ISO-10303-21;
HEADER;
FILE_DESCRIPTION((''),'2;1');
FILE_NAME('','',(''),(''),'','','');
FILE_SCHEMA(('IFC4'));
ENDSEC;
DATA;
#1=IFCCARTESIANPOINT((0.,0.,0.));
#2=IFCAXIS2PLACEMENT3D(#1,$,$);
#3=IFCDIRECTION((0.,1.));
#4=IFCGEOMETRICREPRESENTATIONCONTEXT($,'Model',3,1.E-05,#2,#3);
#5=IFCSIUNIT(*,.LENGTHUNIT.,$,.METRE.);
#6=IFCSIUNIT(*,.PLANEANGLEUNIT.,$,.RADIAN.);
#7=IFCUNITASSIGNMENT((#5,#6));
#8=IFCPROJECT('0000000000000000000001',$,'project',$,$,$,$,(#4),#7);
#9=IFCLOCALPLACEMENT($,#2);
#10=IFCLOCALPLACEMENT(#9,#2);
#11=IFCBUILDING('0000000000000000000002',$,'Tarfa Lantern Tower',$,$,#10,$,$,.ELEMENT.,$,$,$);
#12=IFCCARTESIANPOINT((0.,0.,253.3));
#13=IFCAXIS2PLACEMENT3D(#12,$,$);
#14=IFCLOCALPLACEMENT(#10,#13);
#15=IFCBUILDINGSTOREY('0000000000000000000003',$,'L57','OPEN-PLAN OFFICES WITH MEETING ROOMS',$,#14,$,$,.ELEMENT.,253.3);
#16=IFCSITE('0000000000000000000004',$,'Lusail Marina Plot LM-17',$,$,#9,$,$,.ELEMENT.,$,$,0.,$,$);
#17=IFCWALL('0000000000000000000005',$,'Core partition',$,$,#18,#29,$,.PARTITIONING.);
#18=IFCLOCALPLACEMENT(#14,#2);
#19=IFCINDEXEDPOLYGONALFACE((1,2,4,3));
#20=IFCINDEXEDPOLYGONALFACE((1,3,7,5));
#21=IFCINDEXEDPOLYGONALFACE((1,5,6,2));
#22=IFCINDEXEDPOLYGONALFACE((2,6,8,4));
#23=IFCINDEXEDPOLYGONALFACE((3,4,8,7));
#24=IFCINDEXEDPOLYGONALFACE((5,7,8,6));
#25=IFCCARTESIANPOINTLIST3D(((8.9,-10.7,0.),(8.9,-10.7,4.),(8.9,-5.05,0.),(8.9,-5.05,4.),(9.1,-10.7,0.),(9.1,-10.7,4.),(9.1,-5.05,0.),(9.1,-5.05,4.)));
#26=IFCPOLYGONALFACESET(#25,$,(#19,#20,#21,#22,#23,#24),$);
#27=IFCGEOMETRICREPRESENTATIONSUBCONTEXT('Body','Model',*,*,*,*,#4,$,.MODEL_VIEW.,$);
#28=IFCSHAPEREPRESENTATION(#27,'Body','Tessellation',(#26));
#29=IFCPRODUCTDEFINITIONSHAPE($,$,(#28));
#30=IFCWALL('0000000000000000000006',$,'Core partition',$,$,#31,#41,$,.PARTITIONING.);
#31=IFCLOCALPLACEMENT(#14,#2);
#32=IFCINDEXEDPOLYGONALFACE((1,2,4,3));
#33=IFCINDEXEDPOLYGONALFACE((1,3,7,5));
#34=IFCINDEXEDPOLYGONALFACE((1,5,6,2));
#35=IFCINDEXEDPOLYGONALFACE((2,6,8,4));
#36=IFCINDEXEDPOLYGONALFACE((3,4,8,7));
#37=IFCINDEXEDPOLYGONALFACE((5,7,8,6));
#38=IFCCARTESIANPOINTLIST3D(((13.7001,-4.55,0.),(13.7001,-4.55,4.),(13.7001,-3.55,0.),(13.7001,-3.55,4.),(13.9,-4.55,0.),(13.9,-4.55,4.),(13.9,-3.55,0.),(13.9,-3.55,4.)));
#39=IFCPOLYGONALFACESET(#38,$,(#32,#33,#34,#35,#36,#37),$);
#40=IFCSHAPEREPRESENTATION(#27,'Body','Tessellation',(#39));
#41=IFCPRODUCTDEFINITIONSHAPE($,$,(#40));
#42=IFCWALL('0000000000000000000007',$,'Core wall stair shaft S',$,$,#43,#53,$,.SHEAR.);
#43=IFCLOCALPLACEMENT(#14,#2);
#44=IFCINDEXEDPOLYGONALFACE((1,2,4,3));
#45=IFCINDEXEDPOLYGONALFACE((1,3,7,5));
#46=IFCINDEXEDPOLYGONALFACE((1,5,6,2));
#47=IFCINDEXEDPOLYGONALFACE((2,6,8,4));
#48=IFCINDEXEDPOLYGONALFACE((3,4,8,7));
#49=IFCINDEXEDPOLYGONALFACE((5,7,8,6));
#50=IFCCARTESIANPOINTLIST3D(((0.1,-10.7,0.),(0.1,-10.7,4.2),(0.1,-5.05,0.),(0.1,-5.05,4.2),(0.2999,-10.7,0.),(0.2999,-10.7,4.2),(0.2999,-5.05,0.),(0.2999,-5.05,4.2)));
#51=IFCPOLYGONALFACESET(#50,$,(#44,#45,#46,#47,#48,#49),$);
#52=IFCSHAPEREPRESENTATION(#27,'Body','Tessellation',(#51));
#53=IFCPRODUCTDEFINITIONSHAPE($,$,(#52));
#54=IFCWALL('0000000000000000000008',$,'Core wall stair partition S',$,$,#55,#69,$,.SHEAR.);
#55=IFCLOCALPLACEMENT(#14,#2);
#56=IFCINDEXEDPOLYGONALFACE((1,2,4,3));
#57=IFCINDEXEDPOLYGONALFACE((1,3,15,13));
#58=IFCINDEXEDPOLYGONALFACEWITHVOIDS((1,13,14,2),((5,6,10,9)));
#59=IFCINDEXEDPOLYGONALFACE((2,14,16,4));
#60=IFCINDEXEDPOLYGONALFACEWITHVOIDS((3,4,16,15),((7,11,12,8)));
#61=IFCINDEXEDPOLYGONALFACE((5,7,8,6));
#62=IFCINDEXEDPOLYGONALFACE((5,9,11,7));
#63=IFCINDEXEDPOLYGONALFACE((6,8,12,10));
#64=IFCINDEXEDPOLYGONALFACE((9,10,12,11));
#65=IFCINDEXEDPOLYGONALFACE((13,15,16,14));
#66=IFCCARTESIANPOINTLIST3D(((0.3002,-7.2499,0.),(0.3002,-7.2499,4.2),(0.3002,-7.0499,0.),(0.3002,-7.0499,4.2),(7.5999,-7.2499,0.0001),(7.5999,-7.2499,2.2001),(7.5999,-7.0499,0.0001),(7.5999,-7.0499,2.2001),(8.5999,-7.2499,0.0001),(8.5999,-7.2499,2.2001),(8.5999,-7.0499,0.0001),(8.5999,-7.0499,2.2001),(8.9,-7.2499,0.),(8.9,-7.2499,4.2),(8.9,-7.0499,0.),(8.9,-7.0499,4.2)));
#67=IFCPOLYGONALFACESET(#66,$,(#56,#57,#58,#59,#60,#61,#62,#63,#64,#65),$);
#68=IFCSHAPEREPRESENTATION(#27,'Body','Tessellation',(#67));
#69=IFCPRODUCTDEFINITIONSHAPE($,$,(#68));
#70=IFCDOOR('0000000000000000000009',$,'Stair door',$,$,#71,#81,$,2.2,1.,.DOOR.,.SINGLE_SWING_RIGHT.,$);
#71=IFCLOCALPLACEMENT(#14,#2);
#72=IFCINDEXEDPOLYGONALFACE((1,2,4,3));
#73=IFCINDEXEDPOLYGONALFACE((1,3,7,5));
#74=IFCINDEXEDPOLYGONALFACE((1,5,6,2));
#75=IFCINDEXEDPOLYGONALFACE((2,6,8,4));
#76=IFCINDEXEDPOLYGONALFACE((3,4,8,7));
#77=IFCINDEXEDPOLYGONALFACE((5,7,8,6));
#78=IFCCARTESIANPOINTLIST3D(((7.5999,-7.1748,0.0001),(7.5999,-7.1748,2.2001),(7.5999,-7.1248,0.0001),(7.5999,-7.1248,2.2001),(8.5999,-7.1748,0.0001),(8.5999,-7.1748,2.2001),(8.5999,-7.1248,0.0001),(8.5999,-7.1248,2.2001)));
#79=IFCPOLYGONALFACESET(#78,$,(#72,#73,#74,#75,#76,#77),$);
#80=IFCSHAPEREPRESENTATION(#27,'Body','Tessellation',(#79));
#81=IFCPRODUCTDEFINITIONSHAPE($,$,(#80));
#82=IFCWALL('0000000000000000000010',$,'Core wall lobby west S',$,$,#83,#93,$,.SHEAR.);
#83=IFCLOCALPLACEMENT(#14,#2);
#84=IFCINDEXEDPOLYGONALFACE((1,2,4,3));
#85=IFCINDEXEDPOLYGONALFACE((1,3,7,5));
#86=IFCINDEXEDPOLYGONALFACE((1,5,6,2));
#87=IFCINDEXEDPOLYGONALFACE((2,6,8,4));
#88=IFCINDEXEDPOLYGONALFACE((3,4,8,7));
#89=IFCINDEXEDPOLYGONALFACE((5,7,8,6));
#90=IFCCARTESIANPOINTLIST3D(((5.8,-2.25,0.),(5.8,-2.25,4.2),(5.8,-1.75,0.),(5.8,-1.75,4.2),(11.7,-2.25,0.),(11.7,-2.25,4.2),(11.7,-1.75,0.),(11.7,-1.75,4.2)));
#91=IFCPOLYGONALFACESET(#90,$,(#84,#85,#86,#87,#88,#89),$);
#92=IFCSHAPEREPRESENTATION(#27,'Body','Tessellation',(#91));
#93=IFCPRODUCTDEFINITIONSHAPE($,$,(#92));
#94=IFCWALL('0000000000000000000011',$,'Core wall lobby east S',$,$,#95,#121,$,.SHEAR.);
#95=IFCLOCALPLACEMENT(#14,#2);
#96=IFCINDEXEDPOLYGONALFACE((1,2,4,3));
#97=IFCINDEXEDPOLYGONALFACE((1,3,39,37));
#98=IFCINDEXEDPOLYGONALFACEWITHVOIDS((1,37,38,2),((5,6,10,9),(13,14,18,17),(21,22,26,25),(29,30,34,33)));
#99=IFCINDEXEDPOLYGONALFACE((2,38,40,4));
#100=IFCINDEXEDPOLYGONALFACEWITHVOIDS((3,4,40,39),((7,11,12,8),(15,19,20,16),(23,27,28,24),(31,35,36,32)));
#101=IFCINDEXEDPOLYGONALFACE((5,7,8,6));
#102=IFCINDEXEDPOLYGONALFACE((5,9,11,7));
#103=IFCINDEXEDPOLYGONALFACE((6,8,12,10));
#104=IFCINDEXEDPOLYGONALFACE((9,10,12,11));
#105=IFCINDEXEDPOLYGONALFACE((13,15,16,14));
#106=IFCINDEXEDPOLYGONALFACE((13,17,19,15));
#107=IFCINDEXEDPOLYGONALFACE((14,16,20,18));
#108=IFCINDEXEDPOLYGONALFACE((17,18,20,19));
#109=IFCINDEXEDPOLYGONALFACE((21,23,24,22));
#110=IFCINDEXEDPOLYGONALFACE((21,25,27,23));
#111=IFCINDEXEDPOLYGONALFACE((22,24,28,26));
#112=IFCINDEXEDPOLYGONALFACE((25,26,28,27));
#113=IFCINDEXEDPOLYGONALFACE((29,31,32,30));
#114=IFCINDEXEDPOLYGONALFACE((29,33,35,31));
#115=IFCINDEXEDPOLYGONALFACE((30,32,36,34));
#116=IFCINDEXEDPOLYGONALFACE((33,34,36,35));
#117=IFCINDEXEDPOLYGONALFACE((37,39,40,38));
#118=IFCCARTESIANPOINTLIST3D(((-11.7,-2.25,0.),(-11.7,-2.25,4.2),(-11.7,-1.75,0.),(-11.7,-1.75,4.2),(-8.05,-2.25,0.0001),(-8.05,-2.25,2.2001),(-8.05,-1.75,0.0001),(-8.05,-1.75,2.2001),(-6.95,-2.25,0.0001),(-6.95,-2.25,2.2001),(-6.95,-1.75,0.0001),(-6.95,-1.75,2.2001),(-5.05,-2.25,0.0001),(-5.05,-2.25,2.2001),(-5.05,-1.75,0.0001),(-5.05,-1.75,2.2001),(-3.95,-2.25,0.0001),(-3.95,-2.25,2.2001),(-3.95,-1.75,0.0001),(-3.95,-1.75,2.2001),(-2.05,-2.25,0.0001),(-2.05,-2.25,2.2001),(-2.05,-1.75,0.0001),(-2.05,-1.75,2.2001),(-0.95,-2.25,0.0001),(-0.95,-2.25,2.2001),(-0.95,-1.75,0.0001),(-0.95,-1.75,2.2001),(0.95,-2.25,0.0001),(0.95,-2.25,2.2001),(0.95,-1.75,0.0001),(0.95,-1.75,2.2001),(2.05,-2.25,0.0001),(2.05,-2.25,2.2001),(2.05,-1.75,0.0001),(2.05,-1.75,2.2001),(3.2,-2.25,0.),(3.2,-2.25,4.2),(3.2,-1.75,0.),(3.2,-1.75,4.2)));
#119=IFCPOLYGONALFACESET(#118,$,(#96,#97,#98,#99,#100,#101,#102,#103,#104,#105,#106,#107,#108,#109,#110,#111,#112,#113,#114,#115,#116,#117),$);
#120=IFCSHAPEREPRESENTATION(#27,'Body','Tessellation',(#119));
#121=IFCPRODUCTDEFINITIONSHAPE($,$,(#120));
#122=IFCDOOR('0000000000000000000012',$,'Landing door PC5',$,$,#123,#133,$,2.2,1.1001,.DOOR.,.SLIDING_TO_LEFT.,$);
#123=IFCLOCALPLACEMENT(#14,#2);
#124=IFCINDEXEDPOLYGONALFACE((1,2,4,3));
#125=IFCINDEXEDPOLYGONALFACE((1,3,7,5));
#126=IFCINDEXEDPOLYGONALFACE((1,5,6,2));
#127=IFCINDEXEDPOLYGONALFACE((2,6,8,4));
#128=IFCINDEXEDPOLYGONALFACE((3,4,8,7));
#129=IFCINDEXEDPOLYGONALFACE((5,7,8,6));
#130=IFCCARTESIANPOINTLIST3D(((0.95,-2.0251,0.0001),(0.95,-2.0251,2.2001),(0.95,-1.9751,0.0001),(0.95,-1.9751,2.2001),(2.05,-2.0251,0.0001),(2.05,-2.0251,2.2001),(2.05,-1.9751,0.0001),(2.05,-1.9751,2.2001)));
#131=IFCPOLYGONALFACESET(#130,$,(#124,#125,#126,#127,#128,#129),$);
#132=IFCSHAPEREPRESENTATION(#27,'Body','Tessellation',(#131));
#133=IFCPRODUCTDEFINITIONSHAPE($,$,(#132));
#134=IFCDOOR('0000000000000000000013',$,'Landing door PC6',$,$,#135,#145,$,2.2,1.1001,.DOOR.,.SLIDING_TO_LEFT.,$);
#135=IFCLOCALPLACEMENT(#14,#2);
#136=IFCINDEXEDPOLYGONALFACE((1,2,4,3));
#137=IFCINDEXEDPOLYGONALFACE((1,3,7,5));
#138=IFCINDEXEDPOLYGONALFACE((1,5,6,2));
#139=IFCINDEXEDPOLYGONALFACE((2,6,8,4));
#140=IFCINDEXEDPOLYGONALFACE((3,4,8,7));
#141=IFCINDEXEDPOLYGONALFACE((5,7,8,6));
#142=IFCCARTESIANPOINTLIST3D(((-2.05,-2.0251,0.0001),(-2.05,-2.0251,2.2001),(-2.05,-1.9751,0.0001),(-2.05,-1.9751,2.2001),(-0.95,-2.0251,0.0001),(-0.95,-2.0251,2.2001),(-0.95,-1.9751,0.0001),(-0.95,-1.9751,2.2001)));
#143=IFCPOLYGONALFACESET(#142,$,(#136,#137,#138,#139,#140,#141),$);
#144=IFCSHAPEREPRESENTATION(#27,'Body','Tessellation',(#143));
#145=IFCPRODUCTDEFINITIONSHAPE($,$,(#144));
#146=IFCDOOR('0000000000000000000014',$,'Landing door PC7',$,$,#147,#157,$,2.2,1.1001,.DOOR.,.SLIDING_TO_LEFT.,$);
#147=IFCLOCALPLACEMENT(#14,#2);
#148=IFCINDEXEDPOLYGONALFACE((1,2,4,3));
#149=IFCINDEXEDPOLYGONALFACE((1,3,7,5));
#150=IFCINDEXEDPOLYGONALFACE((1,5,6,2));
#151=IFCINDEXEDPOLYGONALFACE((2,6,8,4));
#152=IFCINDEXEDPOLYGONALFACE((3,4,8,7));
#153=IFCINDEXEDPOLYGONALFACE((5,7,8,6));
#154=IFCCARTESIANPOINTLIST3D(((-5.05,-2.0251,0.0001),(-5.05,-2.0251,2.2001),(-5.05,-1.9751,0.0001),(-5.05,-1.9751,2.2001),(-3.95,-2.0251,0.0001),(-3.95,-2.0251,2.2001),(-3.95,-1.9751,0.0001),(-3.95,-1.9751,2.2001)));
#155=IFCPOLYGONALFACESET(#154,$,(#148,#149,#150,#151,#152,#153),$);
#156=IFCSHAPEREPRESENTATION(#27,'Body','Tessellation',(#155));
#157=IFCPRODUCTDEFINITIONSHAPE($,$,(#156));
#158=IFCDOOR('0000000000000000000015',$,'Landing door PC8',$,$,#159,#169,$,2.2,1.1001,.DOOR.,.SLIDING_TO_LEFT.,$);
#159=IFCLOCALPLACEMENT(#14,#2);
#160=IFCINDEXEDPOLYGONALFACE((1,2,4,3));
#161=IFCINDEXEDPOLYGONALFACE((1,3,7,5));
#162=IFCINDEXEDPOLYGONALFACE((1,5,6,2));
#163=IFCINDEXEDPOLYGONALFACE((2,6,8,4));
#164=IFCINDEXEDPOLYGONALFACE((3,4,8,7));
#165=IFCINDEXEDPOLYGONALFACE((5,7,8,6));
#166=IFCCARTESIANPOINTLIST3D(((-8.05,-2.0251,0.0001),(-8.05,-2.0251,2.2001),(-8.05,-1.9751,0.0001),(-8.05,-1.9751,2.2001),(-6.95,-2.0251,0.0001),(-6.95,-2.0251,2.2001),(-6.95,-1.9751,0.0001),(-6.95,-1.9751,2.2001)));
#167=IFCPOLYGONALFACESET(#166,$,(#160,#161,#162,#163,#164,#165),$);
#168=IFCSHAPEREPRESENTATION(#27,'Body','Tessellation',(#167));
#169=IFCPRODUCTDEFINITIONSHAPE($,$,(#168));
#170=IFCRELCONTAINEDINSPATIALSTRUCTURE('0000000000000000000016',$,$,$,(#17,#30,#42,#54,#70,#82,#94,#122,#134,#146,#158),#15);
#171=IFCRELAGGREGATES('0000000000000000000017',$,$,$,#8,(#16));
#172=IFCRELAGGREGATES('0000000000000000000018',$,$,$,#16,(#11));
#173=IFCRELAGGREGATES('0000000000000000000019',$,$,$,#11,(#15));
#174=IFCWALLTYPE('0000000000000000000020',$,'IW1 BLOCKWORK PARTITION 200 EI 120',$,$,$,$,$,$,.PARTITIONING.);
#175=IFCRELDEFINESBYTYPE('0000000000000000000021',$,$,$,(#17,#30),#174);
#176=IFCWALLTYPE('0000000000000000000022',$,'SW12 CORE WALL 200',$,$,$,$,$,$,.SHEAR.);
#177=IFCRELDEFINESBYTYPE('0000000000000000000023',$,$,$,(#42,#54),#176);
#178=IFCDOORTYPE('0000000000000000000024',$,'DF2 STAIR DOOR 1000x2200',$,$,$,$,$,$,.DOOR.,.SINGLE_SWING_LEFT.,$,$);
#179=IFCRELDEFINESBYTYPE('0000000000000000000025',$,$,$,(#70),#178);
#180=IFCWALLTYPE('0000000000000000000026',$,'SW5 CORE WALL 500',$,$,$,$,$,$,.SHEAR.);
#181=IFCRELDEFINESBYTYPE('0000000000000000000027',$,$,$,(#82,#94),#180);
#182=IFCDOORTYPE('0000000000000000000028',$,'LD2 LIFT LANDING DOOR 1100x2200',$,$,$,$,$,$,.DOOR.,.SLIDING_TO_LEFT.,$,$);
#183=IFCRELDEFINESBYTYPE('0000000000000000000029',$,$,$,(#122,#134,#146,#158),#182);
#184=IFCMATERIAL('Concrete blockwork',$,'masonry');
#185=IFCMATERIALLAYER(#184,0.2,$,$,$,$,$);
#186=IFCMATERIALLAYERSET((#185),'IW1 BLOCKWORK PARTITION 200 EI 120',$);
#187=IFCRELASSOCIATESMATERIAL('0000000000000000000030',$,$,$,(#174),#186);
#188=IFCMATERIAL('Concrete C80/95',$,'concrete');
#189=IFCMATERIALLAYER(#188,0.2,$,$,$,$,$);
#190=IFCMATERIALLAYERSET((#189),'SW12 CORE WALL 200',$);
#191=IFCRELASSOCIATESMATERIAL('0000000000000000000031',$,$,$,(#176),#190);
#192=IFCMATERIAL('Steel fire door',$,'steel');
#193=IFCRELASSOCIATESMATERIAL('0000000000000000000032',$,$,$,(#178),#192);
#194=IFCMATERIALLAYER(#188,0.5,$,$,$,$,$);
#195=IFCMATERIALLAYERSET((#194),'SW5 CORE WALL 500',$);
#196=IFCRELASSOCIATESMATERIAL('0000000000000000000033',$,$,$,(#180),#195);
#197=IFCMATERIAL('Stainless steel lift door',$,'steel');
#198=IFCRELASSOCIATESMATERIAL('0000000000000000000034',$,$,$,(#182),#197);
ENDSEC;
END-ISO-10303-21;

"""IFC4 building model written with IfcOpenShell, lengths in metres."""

from ifc_helpers import new_model, si_unit, direction, frame, frame_2d, origin, place, context, subcontext, project, spatial, rectangle, extrude, material, layer, layer_set, type_object, element, fill, save


model = new_model("IFC4")

# Units and contexts
model_context = context("Model", 3, precision=1e-05, world=origin(), true_north=direction((0.0, 1.0)))
body_context = subcontext(model_context, "Body", "Model", "MODEL_VIEW")
ifc_project = project(units=[si_unit("LENGTHUNIT", "METRE"), si_unit("PLANEANGLEUNIT", "RADIAN")], contexts=[model_context])

# Site, building, storey
site_placement = place(None, origin())
site = spatial("IfcSite", under=ifc_project, at=site_placement, Name="Lusail Marina Plot LM-17", CompositionType="ELEMENT", RefElevation=0.0)
building_placement = place(site_placement, origin())
building = spatial("IfcBuilding", under=site, at=building_placement, Name="Tarfa Lantern Tower", CompositionType="ELEMENT")
storey_placement = place(building_placement, frame((0.0, 0.0, 253.3)))
storey = spatial("IfcBuildingStorey", under=building, at=storey_placement, Name="L57", Description="OPEN-PLAN OFFICES WITH MEETING ROOMS", CompositionType="ELEMENT", Elevation=253.3)

# Walls
ifc_material_1 = material(Name="Concrete blockwork", Category="masonry")
ifc_layer_1 = layer(ifc_material_1, 0.2)
ifc_layer_set_1 = layer_set([ifc_layer_1], Name="IW1 BLOCKWORK PARTITION 200 EI 120")
wall_type_1 = type_object("IfcWallType", Name="IW1 BLOCKWORK PARTITION 200 EI 120", PredefinedType="PARTITIONING", material=ifc_layer_set_1)
wall_1_placement = place(storey_placement, frame((9.0, -5.05, 0.0), z_axis=(0.0, 0.0, 1.0), x_axis=(0.0, -1.0, 0.0)))
element("IfcWall", 1, at=wall_1_placement, inside=storey, type_object=wall_type_1, Name="Core partition", PredefinedType="PARTITIONING", context=body_context, shape_type="SweptSolid", body=[
    extrude(rectangle(XDim=5.6499, YDim=0.2, at=frame_2d((2.825, 0.0))), origin(), (0.0, 0.0, 1.0), 4.0),
])
wall_2_placement = place(storey_placement, frame((13.8, -3.55, 0.0), z_axis=(0.0, 0.0, 1.0), x_axis=(0.0, -1.0, 0.0)))
element("IfcWall", 2, at=wall_2_placement, inside=storey, type_object=wall_type_1, Name="Core partition", PredefinedType="PARTITIONING", context=body_context, shape_type="SweptSolid", body=[
    extrude(rectangle(XDim=1.0, YDim=0.2, at=frame_2d((0.5, 0.0))), origin(), (0.0, 0.0, 1.0), 4.0),
])
ifc_material_2 = material(Name="Concrete C80/95", Category="concrete")
ifc_layer_2 = layer(ifc_material_2, 0.2)
ifc_layer_set_2 = layer_set([ifc_layer_2], Name="SW12 CORE WALL 200")
wall_type_2 = type_object("IfcWallType", Name="SW12 CORE WALL 200", PredefinedType="SHEAR", material=ifc_layer_set_2)
wall_3_placement = place(storey_placement, frame((0.2, -5.05, 0.0), z_axis=(0.0, 0.0, 1.0), x_axis=(0.0, -1.0, 0.0)))
element("IfcWall", 3, at=wall_3_placement, inside=storey, type_object=wall_type_2, Name="Core wall stair shaft S", PredefinedType="SHEAR", context=body_context, shape_type="SweptSolid", body=[
    extrude(rectangle(XDim=5.6499, YDim=0.2, at=frame_2d((2.825, 0.0))), origin(), (0.0, 0.0, 1.0), 4.2),
])

# Wall, opening, door
wall_4_placement = place(storey_placement, frame((8.8999, -7.1499, 0.0), z_axis=(0.0, 0.0, 1.0), x_axis=(-1.0, 0.0, 0.0)))
wall_4 = element("IfcWall", 4, at=wall_4_placement, inside=storey, type_object=wall_type_2, Name="Core wall stair partition S", PredefinedType="SHEAR", context=body_context, shape_type="SweptSolid", body=[
    extrude(rectangle(XDim=8.5999, YDim=0.2, at=frame_2d((4.2998, 0.0))), origin(), (0.0, 0.0, 1.0), 4.2),
])
opening_1_placement = place(wall_4_placement, frame((0.3, 0.0, 0.0)))
opening_1 = element("IfcOpeningElement", 5, at=opening_1_placement, cuts=wall_4, PredefinedType="OPENING", context=body_context, shape_type="SweptSolid", body=[
    extrude(rectangle(XDim=1.0, YDim=2.2, at=frame_2d((0.5, 1.1001))), frame((0.0, 0.1099, 0.0), z_axis=(0.0, -1.0, 0.0), x_axis=(1.0, 0.0, 0.0)), (0.0, 0.0, 1.0), 0.22),
])
ifc_material_3 = material(Name="Steel fire door", Category="steel")
door_type_1 = type_object("IfcDoorType", Name="DF2 STAIR DOOR 1000x2200", OperationType="SINGLE_SWING_LEFT", PredefinedType="DOOR", material=ifc_material_3)
door_1_placement = place(opening_1_placement, origin())
door_1 = element("IfcDoor", 6, at=door_1_placement, inside=storey, type_object=door_type_1, Name="Stair door", OperationType="SINGLE_SWING_RIGHT", OverallHeight=2.2, OverallWidth=1.0, PredefinedType="DOOR", context=body_context, shape_type="SweptSolid", body=[
    extrude(rectangle(XDim=1.0, YDim=2.2, at=frame_2d((0.5, 1.1001))), frame((0.0, 0.0249, 0.0), z_axis=(0.0, -1.0, 0.0), x_axis=(1.0, 0.0, 0.0)), (0.0, 0.0, 1.0), 0.05),
])
fill(opening_1, door_1)

# Wall
ifc_layer_3 = layer(ifc_material_2, 0.5)
ifc_layer_set_3 = layer_set([ifc_layer_3], Name="SW5 CORE WALL 500")
wall_type_3 = type_object("IfcWallType", Name="SW5 CORE WALL 500", PredefinedType="SHEAR", material=ifc_layer_set_3)
wall_5_placement = place(storey_placement, frame((11.7, -2.0, 0.0), z_axis=(0.0, 0.0, 1.0), x_axis=(-1.0, 0.0, 0.0)))
element("IfcWall", 7, at=wall_5_placement, inside=storey, type_object=wall_type_3, Name="Core wall lobby west S", PredefinedType="SHEAR", context=body_context, shape_type="SweptSolid", body=[
    extrude(rectangle(XDim=5.8999, YDim=0.5, at=frame_2d((2.95, 0.0))), origin(), (0.0, 0.0, 1.0), 4.2),
])

# Wall, openings, doors
wall_6_placement = place(storey_placement, frame((3.2, -2.0, 0.0), z_axis=(0.0, 0.0, 1.0), x_axis=(-1.0, 0.0, 0.0)))
wall_6 = element("IfcWall", 8, at=wall_6_placement, inside=storey, type_object=wall_type_3, Name="Core wall lobby east S", PredefinedType="SHEAR", context=body_context, shape_type="SweptSolid", body=[
    extrude(rectangle(XDim=14.8999, YDim=0.5, at=frame_2d((7.45, 0.0))), origin(), (0.0, 0.0, 1.0), 4.2),
])
opening_2_placement = place(wall_6_placement, frame((1.1499, 0.0, 0.0)))
opening_2 = element("IfcOpeningElement", 9, at=opening_2_placement, cuts=wall_6, PredefinedType="OPENING", context=body_context, shape_type="SweptSolid", body=[
    extrude(rectangle(XDim=1.1001, YDim=2.2, at=frame_2d((0.55, 1.1001))), frame((0.0, 0.26, 0.0), z_axis=(0.0, -1.0, 0.0), x_axis=(1.0, 0.0, 0.0)), (0.0, 0.0, 1.0), 0.52),
])
opening_3_placement = place(wall_6_placement, frame((4.1499, 0.0, 0.0)))
opening_3 = element("IfcOpeningElement", 10, at=opening_3_placement, cuts=wall_6, PredefinedType="OPENING", context=body_context, shape_type="SweptSolid", body=[
    extrude(rectangle(XDim=1.1001, YDim=2.2, at=frame_2d((0.55, 1.1001))), frame((0.0, 0.26, 0.0), z_axis=(0.0, -1.0, 0.0), x_axis=(1.0, 0.0, 0.0)), (0.0, 0.0, 1.0), 0.52),
])
opening_4_placement = place(wall_6_placement, frame((7.1499, 0.0, 0.0)))
opening_4 = element("IfcOpeningElement", 11, at=opening_4_placement, cuts=wall_6, PredefinedType="OPENING", context=body_context, shape_type="SweptSolid", body=[
    extrude(rectangle(XDim=1.1001, YDim=2.2, at=frame_2d((0.55, 1.1001))), frame((0.0, 0.26, 0.0), z_axis=(0.0, -1.0, 0.0), x_axis=(1.0, 0.0, 0.0)), (0.0, 0.0, 1.0), 0.52),
])
opening_5_placement = place(wall_6_placement, frame((10.1499, 0.0, 0.0)))
opening_5 = element("IfcOpeningElement", 12, at=opening_5_placement, cuts=wall_6, PredefinedType="OPENING", context=body_context, shape_type="SweptSolid", body=[
    extrude(rectangle(XDim=1.1001, YDim=2.2, at=frame_2d((0.55, 1.1001))), frame((0.0, 0.26, 0.0), z_axis=(0.0, -1.0, 0.0), x_axis=(1.0, 0.0, 0.0)), (0.0, 0.0, 1.0), 0.52),
])
ifc_material_4 = material(Name="Stainless steel lift door", Category="steel")
door_type_2 = type_object("IfcDoorType", Name="LD2 LIFT LANDING DOOR 1100x2200", OperationType="SLIDING_TO_LEFT", PredefinedType="DOOR", material=ifc_material_4)
door_2_placement = place(opening_2_placement, frame((1.1001, 0.0, 0.0), z_axis=(0.0, 0.0, 1.0), x_axis=(-1.0, 0.0, 0.0)))
door_2 = element("IfcDoor", 13, at=door_2_placement, inside=storey, type_object=door_type_2, Name="Landing door PC5", OperationType="SLIDING_TO_LEFT", OverallHeight=2.2, OverallWidth=1.1001, PredefinedType="DOOR", context=body_context, shape_type="SweptSolid", body=[
    extrude(rectangle(XDim=1.1001, YDim=2.2, at=frame_2d((0.55, 1.1001))), frame((0.0, 0.0249, 0.0), z_axis=(0.0, -1.0, 0.0), x_axis=(1.0, 0.0, 0.0)), (0.0, 0.0, 1.0), 0.05),
])
fill(opening_2, door_2)
door_3_placement = place(opening_3_placement, frame((1.1001, 0.0, 0.0), z_axis=(0.0, 0.0, 1.0), x_axis=(-1.0, 0.0, 0.0)))
door_3 = element("IfcDoor", 14, at=door_3_placement, inside=storey, type_object=door_type_2, Name="Landing door PC6", OperationType="SLIDING_TO_LEFT", OverallHeight=2.2, OverallWidth=1.1001, PredefinedType="DOOR", context=body_context, shape_type="SweptSolid", body=[
    extrude(rectangle(XDim=1.1001, YDim=2.2, at=frame_2d((0.55, 1.1001))), frame((0.0, 0.0249, 0.0), z_axis=(0.0, -1.0, 0.0), x_axis=(1.0, 0.0, 0.0)), (0.0, 0.0, 1.0), 0.05),
])
fill(opening_3, door_3)
door_4_placement = place(opening_4_placement, frame((1.1001, 0.0, 0.0), z_axis=(0.0, 0.0, 1.0), x_axis=(-1.0, 0.0, 0.0)))
door_4 = element("IfcDoor", 15, at=door_4_placement, inside=storey, type_object=door_type_2, Name="Landing door PC7", OperationType="SLIDING_TO_LEFT", OverallHeight=2.2, OverallWidth=1.1001, PredefinedType="DOOR", context=body_context, shape_type="SweptSolid", body=[
    extrude(rectangle(XDim=1.1001, YDim=2.2, at=frame_2d((0.55, 1.1001))), frame((0.0, 0.0249, 0.0), z_axis=(0.0, -1.0, 0.0), x_axis=(1.0, 0.0, 0.0)), (0.0, 0.0, 1.0), 0.05),
])
fill(opening_4, door_4)
door_5_placement = place(opening_5_placement, frame((1.1001, 0.0, 0.0), z_axis=(0.0, 0.0, 1.0), x_axis=(-1.0, 0.0, 0.0)))
door_5 = element("IfcDoor", 16, at=door_5_placement, inside=storey, type_object=door_type_2, Name="Landing door PC8", OperationType="SLIDING_TO_LEFT", OverallHeight=2.2, OverallWidth=1.1001, PredefinedType="DOOR", context=body_context, shape_type="SweptSolid", body=[
    extrude(rectangle(XDim=1.1001, YDim=2.2, at=frame_2d((0.55, 1.1001))), frame((0.0, 0.0249, 0.0), z_axis=(0.0, -1.0, 0.0), x_axis=(1.0, 0.0, 0.0)), (0.0, 0.0, 1.0), 0.05),
])
fill(opening_5, door_5)

save(model, "model.ifc")
